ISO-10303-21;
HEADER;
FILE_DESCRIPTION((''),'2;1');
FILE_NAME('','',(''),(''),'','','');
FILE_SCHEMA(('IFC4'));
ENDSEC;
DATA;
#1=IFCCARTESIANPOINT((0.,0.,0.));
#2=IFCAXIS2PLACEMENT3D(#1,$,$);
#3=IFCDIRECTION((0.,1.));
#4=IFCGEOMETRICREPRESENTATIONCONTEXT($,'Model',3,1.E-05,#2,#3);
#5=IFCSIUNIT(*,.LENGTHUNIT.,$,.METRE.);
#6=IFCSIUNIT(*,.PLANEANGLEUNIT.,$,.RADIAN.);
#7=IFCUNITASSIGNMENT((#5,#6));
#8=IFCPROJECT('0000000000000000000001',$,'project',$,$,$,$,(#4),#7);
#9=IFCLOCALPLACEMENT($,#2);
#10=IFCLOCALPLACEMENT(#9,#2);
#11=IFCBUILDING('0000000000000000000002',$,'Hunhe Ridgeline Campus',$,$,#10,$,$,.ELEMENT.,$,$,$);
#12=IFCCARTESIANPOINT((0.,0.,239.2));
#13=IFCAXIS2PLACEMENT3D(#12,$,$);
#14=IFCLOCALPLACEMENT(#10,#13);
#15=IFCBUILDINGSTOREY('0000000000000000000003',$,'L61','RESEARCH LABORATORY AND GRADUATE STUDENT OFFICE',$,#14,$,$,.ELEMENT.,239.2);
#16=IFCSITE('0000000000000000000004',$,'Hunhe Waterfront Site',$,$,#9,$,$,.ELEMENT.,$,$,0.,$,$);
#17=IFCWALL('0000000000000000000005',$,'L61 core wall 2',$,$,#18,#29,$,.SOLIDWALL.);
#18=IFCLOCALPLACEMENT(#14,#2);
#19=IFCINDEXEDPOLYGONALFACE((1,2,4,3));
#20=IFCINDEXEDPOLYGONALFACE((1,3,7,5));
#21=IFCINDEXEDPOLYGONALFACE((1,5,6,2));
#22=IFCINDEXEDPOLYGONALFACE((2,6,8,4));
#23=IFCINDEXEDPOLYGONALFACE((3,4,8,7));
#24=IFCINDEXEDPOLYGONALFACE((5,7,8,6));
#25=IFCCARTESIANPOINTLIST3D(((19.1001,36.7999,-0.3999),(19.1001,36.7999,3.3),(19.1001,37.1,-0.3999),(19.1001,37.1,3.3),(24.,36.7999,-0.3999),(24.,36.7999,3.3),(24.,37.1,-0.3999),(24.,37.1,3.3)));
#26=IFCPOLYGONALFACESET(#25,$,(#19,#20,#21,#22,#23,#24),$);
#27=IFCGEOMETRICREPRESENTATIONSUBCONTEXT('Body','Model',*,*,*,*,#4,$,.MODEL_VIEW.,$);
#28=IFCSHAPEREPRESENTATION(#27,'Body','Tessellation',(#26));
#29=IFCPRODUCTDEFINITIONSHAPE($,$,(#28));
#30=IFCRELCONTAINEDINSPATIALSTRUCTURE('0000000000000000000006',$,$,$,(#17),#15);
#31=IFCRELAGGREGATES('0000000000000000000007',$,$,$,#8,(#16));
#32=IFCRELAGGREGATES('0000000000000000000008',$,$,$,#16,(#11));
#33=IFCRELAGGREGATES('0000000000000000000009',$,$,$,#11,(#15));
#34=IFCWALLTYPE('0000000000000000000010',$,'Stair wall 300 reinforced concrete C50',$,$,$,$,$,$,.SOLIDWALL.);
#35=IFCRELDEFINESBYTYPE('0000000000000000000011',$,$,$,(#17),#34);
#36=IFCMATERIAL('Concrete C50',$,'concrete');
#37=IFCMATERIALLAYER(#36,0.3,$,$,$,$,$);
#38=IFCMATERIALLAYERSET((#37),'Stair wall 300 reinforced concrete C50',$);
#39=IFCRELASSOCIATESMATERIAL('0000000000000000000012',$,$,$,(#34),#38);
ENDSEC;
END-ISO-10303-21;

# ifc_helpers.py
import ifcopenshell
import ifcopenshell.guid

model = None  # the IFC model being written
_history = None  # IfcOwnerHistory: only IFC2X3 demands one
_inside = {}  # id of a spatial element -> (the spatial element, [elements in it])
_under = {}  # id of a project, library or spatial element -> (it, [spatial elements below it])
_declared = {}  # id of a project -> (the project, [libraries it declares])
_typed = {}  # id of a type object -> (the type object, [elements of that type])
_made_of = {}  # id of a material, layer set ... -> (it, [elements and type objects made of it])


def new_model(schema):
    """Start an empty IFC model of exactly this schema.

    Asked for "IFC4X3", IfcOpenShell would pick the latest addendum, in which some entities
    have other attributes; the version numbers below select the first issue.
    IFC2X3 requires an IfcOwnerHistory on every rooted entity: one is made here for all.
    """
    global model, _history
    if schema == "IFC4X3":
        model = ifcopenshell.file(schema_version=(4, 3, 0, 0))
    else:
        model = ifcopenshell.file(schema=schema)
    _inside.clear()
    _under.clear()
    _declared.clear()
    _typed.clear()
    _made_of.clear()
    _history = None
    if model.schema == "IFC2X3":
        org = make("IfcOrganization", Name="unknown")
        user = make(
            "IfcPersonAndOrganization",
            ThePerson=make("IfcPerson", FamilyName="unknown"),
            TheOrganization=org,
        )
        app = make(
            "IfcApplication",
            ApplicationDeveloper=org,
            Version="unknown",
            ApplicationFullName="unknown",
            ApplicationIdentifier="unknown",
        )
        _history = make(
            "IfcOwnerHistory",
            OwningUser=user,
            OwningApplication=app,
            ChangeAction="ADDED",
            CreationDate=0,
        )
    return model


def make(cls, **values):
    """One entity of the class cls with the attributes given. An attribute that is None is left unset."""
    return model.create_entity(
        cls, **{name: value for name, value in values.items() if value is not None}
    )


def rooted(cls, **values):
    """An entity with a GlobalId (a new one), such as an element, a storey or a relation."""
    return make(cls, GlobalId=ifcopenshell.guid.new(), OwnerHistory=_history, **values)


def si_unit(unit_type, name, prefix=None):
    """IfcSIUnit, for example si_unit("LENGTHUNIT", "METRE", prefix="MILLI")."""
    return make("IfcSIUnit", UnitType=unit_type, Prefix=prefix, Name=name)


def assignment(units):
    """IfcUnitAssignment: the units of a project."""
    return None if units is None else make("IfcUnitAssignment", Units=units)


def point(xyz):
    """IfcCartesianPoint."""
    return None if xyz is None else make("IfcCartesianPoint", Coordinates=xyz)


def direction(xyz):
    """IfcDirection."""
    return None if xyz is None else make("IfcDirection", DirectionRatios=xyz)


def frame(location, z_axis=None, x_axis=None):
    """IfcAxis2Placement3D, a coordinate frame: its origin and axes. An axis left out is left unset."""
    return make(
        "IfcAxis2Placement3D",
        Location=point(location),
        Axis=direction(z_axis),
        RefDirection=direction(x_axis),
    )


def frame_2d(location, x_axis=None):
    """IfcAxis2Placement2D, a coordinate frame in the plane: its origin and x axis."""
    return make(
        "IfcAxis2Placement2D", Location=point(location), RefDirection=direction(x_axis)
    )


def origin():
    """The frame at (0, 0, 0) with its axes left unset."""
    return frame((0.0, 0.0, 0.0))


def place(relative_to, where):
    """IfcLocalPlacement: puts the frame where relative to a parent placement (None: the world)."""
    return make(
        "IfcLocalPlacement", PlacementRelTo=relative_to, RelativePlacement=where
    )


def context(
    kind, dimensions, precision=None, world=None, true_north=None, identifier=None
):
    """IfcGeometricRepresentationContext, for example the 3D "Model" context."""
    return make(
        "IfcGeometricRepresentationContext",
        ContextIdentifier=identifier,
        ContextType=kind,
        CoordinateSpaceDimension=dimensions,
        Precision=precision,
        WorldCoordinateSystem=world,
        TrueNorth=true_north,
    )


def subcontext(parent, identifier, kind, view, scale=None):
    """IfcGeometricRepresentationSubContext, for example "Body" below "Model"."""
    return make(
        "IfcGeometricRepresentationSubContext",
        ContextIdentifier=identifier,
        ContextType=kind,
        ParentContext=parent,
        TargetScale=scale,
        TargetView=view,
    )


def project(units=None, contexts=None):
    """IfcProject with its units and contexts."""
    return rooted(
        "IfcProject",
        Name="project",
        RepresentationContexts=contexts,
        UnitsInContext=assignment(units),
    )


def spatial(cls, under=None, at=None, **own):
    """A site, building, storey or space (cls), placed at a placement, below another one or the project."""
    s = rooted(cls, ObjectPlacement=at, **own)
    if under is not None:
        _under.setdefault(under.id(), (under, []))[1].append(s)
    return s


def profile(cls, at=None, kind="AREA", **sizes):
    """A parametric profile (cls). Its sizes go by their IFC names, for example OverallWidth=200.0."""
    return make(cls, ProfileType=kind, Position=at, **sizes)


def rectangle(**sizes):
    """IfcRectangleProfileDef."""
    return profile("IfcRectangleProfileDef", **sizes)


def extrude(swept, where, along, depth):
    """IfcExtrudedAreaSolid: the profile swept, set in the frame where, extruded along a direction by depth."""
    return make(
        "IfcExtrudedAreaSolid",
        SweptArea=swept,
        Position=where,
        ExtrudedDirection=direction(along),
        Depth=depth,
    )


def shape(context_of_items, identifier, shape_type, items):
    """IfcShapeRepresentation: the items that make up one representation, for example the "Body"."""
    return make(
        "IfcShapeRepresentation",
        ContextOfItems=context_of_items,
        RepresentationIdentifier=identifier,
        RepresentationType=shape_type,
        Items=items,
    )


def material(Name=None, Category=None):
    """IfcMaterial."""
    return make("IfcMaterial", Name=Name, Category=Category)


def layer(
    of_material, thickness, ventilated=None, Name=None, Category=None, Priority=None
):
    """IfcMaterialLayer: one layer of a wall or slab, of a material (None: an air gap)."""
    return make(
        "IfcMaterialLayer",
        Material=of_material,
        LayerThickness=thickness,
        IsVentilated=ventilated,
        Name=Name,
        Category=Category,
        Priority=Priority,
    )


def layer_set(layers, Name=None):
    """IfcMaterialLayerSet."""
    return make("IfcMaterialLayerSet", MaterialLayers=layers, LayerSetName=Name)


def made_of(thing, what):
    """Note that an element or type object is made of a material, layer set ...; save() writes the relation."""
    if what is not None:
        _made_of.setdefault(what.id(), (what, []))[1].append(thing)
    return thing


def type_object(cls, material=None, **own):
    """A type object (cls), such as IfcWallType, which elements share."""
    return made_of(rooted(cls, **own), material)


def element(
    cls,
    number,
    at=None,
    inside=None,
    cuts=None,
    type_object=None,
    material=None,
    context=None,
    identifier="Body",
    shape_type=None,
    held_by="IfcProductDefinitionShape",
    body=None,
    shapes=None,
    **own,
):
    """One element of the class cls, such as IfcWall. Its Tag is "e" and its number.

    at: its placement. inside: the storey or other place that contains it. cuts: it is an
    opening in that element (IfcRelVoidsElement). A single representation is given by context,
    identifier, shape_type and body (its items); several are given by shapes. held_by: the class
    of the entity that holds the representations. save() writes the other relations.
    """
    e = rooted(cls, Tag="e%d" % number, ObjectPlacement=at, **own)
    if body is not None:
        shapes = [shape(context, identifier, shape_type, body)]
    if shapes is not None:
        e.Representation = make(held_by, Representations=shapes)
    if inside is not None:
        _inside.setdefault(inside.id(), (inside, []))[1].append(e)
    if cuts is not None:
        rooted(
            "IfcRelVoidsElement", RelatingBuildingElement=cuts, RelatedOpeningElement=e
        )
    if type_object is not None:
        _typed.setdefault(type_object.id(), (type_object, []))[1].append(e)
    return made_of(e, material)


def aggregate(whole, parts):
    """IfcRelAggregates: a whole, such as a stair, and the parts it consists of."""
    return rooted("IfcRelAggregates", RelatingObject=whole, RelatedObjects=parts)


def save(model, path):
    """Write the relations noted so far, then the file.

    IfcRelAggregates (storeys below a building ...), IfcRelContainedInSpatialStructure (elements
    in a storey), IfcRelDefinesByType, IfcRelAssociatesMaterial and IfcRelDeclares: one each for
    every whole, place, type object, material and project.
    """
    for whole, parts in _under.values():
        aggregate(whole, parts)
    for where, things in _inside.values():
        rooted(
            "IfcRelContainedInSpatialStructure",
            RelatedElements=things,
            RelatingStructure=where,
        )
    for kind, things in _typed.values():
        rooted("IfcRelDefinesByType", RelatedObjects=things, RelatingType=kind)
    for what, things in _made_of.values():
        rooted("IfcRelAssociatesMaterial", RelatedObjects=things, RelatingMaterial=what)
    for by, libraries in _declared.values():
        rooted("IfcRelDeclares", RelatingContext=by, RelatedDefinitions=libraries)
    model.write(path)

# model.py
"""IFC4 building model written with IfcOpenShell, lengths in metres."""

from ifc_helpers import new_model, si_unit, direction, frame, frame_2d, origin, place, context, subcontext, project, spatial, rectangle, extrude, material, layer, layer_set, type_object, element, save


model = new_model("IFC4")

# Units and contexts
model_context = context("Model", 3, precision=1e-05, world=origin(), true_north=direction((0.0, 1.0)))
body_context = subcontext(model_context, "Body", "Model", "MODEL_VIEW")
ifc_project = project(units=[si_unit("LENGTHUNIT", "METRE"), si_unit("PLANEANGLEUNIT", "RADIAN")], contexts=[model_context])

# Site, building, storey
site_placement = place(None, origin())
site = spatial("IfcSite", under=ifc_project, at=site_placement, Name="Hunhe Waterfront Site", CompositionType="ELEMENT", RefElevation=0.0)
building_placement = place(site_placement, origin())
building = spatial("IfcBuilding", under=site, at=building_placement, Name="Hunhe Ridgeline Campus", CompositionType="ELEMENT")
storey_placement = place(building_placement, frame((0.0, 0.0, 239.2)))
storey = spatial("IfcBuildingStorey", under=building, at=storey_placement, Name="L61", Description="RESEARCH LABORATORY AND GRADUATE STUDENT OFFICE", CompositionType="ELEMENT", Elevation=239.2)

# Wall
ifc_material_1 = material(Name="Concrete C50", Category="concrete")
ifc_layer_1 = layer(ifc_material_1, 0.3)
ifc_layer_set_1 = layer_set([ifc_layer_1], Name="Stair wall 300 reinforced concrete C50")
wall_type_1 = type_object("IfcWallType", Name="Stair wall 300 reinforced concrete C50", PredefinedType="SOLIDWALL", material=ifc_layer_set_1)
wall_1_placement = place(storey_placement, frame((19.1001, 36.95, -0.3999), z_axis=(0.0, 0.0, 1.0), x_axis=(1.0, 0.0, 0.0)))
element("IfcWall", 1, at=wall_1_placement, inside=storey, type_object=wall_type_1, Name="L61 core wall 2", PredefinedType="SOLIDWALL", context=body_context, shape_type="SweptSolid", body=[
    extrude(rectangle(XDim=4.8999, YDim=0.3, at=frame_2d((2.45, 0.0))), origin(), (0.0, 0.0, 1.0), 3.7),
])

save(model, "model.ifc")
